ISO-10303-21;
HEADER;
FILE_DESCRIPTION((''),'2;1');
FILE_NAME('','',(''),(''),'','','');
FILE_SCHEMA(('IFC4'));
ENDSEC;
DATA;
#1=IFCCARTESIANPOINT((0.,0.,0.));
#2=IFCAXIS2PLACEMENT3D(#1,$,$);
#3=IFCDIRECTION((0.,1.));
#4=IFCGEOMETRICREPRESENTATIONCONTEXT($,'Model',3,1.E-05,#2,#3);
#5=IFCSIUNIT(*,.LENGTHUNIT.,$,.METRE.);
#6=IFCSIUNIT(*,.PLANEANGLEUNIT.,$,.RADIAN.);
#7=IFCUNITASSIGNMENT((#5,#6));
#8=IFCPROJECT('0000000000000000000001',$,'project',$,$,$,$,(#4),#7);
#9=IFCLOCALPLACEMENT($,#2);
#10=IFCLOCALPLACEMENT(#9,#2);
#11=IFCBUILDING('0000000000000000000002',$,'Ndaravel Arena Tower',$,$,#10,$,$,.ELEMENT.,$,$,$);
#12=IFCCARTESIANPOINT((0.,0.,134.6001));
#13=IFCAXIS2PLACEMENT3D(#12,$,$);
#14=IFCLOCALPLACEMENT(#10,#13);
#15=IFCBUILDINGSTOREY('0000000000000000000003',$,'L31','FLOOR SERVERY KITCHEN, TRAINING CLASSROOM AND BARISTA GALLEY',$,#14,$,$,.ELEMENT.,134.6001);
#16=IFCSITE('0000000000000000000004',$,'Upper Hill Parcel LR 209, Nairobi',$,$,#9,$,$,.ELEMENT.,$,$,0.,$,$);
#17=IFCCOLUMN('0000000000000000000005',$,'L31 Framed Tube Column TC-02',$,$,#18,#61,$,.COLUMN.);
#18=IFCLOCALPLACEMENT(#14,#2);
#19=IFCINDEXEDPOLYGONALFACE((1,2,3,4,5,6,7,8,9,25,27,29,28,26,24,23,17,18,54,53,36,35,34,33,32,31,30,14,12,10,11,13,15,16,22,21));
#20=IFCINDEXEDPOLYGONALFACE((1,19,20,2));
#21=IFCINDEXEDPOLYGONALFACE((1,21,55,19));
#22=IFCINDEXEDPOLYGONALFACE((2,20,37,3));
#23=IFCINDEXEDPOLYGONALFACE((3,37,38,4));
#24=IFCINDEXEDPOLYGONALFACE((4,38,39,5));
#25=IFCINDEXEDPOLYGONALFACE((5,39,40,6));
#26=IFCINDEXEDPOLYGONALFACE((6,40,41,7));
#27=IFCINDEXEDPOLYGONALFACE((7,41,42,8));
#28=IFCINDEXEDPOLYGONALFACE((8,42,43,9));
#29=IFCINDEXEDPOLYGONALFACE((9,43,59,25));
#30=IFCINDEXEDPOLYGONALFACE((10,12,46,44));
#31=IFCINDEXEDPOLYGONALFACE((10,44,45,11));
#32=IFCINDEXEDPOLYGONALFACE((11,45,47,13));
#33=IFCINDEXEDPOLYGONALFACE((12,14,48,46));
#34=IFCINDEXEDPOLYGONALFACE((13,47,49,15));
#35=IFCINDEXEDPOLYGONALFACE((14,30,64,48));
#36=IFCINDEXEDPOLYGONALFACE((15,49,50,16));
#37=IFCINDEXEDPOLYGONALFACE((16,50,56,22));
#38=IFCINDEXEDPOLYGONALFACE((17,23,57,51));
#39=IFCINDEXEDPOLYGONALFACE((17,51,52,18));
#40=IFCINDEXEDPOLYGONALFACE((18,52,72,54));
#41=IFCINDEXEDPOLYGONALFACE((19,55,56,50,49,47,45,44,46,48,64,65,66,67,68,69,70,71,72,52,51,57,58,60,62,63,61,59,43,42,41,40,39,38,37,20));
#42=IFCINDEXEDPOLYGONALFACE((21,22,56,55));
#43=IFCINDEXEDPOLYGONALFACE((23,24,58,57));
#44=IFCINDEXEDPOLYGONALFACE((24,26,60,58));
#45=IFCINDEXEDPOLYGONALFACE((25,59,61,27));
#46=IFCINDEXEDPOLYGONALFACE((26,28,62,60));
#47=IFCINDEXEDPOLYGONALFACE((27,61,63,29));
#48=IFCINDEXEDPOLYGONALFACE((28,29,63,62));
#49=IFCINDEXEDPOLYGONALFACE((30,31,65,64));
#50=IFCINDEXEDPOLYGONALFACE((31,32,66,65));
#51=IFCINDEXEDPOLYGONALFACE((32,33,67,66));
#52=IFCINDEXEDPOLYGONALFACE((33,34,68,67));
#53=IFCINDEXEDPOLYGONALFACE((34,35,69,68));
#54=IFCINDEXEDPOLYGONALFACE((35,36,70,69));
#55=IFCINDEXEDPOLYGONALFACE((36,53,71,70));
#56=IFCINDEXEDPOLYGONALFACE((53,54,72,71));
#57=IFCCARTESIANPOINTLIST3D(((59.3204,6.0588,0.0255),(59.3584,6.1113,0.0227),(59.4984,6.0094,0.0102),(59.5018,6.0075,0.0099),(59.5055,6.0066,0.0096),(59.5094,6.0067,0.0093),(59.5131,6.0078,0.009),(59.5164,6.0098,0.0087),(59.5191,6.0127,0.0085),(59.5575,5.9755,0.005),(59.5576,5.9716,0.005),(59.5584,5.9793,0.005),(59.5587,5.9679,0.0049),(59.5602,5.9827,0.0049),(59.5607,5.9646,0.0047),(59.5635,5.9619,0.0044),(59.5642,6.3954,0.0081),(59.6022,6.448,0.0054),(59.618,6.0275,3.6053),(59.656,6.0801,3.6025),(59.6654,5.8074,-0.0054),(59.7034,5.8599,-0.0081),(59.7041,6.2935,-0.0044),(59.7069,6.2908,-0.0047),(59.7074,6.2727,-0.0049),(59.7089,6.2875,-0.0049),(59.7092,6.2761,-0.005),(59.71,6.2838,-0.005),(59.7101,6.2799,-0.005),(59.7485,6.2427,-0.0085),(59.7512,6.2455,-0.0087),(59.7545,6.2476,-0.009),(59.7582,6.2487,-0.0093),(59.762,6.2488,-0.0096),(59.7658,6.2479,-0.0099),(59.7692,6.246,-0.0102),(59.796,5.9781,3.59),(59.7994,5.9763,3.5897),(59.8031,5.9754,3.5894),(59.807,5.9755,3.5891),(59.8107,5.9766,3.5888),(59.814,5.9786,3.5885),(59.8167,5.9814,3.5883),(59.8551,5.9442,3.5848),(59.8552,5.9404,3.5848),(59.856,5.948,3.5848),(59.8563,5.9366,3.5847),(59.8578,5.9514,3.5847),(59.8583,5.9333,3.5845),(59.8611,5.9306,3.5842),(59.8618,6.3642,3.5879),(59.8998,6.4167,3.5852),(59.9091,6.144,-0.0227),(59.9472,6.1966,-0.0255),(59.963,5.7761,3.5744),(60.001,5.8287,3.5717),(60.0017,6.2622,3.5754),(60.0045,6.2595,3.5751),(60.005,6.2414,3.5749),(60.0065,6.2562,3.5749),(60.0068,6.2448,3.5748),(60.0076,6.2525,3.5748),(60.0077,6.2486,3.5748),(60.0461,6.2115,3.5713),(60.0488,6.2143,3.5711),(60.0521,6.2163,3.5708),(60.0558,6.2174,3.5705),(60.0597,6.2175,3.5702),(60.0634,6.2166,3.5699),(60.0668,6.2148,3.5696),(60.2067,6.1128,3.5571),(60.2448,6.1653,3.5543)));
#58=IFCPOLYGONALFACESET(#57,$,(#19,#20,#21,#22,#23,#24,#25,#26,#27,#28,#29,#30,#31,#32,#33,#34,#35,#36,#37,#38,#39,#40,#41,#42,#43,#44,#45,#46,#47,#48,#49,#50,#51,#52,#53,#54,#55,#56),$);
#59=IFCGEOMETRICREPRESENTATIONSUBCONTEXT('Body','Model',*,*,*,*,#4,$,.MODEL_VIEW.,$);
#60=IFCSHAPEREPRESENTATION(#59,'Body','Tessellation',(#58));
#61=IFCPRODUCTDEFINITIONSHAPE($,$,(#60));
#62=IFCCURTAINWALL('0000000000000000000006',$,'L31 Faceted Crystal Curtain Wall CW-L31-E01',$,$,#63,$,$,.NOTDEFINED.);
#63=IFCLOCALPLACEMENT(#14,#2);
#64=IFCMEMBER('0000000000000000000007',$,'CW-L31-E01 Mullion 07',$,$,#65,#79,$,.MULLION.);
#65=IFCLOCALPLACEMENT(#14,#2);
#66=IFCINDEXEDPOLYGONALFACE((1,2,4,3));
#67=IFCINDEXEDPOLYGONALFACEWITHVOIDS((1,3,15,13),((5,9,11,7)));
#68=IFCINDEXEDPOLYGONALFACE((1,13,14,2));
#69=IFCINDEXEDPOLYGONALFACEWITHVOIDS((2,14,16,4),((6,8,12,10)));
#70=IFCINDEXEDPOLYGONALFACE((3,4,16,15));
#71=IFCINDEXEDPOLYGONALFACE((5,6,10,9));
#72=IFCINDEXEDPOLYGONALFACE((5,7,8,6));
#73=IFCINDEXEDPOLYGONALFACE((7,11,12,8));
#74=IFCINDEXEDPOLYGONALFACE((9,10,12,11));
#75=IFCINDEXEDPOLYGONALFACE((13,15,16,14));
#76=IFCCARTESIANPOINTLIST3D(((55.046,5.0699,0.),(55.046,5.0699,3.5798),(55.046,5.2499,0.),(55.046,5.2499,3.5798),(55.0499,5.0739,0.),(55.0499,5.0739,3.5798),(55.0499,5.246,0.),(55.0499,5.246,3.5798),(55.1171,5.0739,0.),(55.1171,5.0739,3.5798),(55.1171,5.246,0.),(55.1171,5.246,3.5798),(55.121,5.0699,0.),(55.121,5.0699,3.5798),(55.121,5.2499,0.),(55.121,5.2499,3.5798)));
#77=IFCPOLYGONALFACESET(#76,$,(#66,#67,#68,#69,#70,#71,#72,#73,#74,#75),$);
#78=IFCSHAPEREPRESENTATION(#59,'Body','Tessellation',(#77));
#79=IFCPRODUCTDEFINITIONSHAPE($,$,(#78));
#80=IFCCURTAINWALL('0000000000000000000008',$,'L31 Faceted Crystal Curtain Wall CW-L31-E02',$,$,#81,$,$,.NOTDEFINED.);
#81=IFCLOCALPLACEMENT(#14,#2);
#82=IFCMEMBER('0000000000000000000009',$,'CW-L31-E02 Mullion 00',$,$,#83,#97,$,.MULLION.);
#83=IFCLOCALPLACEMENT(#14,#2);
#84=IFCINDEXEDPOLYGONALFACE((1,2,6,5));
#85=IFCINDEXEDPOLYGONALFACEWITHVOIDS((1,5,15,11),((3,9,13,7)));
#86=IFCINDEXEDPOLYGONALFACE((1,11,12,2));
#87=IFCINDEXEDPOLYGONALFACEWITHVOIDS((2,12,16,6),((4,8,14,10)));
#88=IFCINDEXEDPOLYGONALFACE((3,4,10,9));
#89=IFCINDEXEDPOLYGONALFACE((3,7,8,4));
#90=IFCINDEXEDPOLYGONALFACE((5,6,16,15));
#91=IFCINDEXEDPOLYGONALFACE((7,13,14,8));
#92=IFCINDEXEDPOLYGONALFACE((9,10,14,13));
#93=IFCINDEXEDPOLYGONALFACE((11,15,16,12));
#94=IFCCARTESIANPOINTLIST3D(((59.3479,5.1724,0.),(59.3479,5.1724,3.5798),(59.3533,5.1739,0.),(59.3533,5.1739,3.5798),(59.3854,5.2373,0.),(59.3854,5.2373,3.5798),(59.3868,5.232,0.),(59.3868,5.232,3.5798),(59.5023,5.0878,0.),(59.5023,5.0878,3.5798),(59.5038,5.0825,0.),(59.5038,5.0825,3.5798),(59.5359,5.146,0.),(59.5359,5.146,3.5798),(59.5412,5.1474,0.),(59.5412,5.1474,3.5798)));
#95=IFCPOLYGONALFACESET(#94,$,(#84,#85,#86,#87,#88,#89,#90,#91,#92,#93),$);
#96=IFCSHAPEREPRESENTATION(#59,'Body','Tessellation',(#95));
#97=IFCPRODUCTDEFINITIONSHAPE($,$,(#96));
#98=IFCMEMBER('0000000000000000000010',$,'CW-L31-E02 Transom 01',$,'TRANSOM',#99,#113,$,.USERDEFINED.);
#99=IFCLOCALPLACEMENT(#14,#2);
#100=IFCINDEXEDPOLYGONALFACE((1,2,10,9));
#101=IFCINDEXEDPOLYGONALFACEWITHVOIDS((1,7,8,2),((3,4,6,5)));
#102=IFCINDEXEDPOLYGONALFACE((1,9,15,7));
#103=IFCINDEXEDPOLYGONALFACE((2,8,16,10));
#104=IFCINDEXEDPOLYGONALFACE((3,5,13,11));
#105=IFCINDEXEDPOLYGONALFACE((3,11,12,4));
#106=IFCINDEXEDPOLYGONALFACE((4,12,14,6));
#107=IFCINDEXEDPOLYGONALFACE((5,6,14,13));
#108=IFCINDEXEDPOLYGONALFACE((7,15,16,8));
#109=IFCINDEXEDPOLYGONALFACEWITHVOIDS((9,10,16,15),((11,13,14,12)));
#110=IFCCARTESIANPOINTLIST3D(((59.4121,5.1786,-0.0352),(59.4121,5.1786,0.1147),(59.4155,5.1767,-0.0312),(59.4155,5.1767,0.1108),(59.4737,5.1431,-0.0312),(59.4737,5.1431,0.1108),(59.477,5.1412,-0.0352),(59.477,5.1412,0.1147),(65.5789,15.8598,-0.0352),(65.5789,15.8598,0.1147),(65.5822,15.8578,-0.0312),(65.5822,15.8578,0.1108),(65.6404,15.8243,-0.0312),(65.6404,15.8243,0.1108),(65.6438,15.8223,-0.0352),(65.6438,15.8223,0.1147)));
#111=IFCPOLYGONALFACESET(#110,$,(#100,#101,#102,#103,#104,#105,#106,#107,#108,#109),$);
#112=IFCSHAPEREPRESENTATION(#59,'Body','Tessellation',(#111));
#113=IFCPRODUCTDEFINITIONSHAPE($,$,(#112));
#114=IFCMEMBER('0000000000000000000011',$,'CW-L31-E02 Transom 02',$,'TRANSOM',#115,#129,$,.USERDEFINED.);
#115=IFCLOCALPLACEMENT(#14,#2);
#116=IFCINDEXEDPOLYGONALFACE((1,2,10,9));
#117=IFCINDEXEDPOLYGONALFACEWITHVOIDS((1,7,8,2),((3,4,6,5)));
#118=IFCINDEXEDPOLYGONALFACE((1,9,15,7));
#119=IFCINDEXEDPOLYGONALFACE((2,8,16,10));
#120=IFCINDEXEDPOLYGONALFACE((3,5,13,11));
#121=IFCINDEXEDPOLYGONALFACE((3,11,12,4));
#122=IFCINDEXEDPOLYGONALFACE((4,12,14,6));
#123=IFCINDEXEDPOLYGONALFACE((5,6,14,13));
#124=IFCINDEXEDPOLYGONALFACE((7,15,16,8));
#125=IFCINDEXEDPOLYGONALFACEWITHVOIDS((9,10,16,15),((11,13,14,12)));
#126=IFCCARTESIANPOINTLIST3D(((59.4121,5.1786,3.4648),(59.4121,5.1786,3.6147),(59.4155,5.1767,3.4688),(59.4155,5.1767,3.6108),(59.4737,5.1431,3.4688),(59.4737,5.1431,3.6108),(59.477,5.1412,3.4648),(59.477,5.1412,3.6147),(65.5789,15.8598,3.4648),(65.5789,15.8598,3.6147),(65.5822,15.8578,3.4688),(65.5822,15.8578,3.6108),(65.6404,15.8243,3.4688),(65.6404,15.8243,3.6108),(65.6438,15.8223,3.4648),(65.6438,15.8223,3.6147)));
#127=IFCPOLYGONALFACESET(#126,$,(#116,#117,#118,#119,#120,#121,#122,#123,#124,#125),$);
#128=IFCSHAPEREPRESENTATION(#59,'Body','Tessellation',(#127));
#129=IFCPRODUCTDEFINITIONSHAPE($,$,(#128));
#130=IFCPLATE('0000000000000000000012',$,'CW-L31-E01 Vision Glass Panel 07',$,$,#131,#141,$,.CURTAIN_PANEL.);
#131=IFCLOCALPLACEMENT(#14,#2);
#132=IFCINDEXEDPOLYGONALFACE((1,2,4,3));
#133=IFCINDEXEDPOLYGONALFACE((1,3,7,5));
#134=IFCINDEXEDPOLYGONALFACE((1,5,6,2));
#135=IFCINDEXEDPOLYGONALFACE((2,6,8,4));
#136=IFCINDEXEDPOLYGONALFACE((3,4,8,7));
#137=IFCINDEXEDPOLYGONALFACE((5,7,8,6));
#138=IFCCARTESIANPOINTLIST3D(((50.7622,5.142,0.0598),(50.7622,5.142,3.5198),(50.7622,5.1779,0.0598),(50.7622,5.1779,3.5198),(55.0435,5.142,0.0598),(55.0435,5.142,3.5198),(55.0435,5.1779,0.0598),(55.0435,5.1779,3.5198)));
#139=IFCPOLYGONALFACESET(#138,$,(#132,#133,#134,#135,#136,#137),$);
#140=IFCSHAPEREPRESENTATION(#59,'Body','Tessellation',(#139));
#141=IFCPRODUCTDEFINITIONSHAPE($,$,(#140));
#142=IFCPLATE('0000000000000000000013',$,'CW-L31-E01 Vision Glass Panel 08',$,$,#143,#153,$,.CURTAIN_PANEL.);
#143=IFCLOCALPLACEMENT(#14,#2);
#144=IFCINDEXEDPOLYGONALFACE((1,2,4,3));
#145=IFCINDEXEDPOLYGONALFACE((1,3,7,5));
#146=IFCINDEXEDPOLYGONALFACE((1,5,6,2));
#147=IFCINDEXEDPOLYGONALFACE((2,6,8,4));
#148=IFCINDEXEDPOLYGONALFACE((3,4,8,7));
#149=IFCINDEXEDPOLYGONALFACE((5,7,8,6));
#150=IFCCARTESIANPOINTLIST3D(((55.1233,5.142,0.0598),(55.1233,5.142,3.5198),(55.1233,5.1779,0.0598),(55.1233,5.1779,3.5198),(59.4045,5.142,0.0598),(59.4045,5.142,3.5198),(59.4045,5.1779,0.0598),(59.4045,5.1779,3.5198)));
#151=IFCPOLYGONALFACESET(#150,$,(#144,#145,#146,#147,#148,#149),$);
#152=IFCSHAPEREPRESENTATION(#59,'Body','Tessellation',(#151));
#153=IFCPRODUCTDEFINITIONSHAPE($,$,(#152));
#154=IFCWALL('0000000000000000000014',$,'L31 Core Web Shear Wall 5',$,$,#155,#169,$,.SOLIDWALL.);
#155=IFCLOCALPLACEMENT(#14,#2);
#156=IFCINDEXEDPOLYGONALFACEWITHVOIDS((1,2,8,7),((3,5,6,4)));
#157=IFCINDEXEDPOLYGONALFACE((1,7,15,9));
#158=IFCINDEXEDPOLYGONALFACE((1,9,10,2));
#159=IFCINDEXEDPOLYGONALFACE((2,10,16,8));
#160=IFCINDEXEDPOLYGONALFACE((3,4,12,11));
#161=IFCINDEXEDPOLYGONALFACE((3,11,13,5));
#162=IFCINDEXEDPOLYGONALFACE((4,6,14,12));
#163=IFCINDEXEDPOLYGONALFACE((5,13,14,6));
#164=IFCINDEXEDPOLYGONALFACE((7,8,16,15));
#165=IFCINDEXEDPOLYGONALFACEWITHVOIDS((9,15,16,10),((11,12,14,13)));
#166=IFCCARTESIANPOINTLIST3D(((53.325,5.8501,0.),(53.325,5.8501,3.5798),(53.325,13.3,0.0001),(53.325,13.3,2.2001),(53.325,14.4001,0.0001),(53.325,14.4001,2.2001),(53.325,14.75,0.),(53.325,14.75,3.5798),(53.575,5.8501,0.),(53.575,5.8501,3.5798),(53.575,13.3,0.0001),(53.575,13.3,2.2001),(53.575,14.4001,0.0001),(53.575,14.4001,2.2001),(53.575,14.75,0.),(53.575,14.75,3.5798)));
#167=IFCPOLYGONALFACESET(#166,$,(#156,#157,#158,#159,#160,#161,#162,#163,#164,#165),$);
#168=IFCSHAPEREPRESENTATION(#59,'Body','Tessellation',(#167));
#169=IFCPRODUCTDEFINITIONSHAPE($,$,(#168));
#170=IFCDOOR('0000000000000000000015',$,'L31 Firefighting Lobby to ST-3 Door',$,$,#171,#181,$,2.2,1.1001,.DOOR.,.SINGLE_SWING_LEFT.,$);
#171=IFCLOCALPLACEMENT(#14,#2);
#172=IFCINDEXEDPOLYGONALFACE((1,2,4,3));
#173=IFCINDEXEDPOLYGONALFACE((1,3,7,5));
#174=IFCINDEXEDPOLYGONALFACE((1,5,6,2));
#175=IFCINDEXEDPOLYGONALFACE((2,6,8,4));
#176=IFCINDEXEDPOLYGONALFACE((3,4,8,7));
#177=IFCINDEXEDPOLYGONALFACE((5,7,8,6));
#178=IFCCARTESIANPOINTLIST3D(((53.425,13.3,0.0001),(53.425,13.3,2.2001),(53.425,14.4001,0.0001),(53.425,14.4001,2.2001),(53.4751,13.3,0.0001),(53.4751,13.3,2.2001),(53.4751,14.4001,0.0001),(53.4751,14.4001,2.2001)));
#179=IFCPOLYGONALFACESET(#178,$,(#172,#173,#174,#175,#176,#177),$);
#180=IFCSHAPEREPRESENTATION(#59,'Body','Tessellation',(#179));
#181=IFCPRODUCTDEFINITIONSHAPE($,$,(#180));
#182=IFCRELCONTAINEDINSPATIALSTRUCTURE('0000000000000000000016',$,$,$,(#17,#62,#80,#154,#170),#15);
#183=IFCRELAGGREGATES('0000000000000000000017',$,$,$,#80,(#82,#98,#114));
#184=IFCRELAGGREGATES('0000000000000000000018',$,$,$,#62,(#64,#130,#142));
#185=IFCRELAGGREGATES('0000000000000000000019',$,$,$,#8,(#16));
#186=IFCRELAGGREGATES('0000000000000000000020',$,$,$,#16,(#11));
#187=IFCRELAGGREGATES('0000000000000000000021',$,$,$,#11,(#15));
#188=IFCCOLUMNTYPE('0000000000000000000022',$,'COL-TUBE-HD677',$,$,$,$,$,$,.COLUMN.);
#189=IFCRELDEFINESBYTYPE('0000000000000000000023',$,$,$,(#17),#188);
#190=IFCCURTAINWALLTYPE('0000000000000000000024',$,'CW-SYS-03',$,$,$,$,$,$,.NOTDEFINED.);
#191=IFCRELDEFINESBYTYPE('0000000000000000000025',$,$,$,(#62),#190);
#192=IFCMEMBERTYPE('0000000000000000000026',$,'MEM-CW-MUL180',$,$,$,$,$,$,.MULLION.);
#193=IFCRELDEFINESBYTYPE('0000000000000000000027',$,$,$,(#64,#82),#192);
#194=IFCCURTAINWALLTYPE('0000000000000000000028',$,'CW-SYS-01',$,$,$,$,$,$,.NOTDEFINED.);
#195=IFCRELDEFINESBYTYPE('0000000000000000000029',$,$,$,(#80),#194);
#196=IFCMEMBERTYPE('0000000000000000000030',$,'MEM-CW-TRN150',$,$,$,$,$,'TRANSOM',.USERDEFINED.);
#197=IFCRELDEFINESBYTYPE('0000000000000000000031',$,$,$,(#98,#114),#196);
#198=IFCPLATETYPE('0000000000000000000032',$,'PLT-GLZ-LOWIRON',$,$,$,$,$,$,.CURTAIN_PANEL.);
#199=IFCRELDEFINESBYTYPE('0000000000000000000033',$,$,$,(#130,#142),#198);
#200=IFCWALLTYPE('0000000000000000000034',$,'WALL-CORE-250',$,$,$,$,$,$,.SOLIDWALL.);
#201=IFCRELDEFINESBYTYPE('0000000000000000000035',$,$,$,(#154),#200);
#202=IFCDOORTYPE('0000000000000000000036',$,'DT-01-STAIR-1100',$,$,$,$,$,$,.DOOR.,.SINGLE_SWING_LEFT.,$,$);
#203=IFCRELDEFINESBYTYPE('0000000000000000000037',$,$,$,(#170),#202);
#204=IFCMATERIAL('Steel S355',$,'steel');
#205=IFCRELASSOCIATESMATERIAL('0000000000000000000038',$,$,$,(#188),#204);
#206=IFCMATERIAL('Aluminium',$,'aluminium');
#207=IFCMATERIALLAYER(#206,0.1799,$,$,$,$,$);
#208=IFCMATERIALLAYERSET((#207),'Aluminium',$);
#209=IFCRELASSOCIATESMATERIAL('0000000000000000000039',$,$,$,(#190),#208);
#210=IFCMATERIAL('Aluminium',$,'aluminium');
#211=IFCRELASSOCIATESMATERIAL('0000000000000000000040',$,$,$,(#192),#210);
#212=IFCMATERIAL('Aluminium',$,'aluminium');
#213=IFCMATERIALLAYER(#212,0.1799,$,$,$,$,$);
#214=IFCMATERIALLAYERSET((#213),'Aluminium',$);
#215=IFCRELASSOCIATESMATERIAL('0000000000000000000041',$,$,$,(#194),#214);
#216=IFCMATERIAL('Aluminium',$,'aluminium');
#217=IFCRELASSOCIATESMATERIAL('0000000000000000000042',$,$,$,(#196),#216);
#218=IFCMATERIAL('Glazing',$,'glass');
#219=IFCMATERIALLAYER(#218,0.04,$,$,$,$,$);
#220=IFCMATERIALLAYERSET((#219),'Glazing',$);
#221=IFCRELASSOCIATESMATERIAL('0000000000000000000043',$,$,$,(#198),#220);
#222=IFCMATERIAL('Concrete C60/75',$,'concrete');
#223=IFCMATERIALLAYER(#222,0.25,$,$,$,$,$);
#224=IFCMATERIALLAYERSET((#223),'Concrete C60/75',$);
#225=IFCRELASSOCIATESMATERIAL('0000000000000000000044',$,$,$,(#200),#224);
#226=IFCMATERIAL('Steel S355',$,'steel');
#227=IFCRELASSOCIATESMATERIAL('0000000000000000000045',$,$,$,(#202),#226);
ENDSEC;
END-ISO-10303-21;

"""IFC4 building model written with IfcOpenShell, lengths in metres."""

from ifc_helpers import new_model, si_unit, direction, frame, frame_2d, origin, origin_2d, place, context, subcontext, project, spatial, rectangle, hollow_rectangle, i_section, extrude, material, layer, layer_set, material_profile, profile_set, type_object, element, fill, aggregate, save


model = new_model("IFC4")

# Units and contexts
model_context = context("Model", 3, precision=1e-05, world=origin(), true_north=direction((0.0, 1.0)))
body_context = subcontext(model_context, "Body", "Model", "MODEL_VIEW")
ifc_project = project(units=[si_unit("LENGTHUNIT", "METRE"), si_unit("PLANEANGLEUNIT", "RADIAN")], contexts=[model_context])

# Site, building, storey
site_placement = place(None, origin())
site = spatial("IfcSite", under=ifc_project, at=site_placement, Name="Upper Hill Parcel LR 209, Nairobi", CompositionType="ELEMENT", RefElevation=0.0)
building_placement = place(site_placement, origin())
building = spatial("IfcBuilding", under=site, at=building_placement, Name="Ndaravel Arena Tower", CompositionType="ELEMENT")
storey_placement = place(building_placement, frame((0.0, 0.0, 134.6001)))
storey = spatial("IfcBuildingStorey", under=building, at=storey_placement, Name="L31", Description="FLOOR SERVERY KITCHEN, TRAINING CLASSROOM AND BARISTA GALLEY", CompositionType="ELEMENT", Elevation=134.6001)

# Column
ifc_material_1 = material(Name="Steel S355", Category="steel")
ifc_material_profile_1 = material_profile(ifc_material_1, i_section(OverallWidth=0.428, OverallDepth=0.481, WebThickness=0.051, FlangeThickness=0.0649, FilletRadius=0.0149, at=origin_2d()), Name="HD 400x677")
ifc_profile_set_1 = profile_set([ifc_material_profile_1], Name="Steel S355")
column_type = type_object("IfcColumnType", Name="COL-TUBE-HD677", PredefinedType="COLUMN", material=ifc_profile_set_1)
column_placement = place(storey_placement, frame((59.6338, 6.1277, 0.0), z_axis=(0.082845, -0.008699, 0.996524), x_axis=(-0.806082, 0.587391, 0.072141)))
element("IfcColumn", 1, at=column_placement, inside=storey, type_object=column_type, Name="L31 Framed Tube Column TC-02", PredefinedType="COLUMN", context=body_context, shape_type="SweptSolid", body=[
    extrude(i_section(OverallWidth=0.428, OverallDepth=0.481, WebThickness=0.051, FlangeThickness=0.0649, FilletRadius=0.0149, at=origin_2d()), origin(), (0.0, 0.0, 1.0), 3.5923),
])

# Curtain wall, member
ifc_material_2 = material(Name="Aluminium", Category="aluminium")
ifc_layer_1 = layer(ifc_material_2, 0.1799)
ifc_layer_set_1 = layer_set([ifc_layer_1], Name="Aluminium")
curtain_wall_type_1 = type_object("IfcCurtainWallType", Name="CW-SYS-03", PredefinedType="NOTDEFINED", material=ifc_layer_set_1)
curtain_wall_1_placement = place(storey_placement, origin())
curtain_wall_1 = element("IfcCurtainWall", 2, at=curtain_wall_1_placement, inside=storey, type_object=curtain_wall_type_1, Name="L31 Faceted Crystal Curtain Wall CW-L31-E01", PredefinedType="NOTDEFINED")
ifc_material_3 = material(Name="Aluminium", Category="aluminium")
ifc_material_profile_2 = material_profile(ifc_material_3, hollow_rectangle(XDim=0.075, YDim=0.1799, WallThickness=0.0039, at=origin_2d()), Name="CW MULLION 75x180x4")
ifc_profile_set_2 = profile_set([ifc_material_profile_2], Name="Aluminium")
member_type_1 = type_object("IfcMemberType", Name="MEM-CW-MUL180", PredefinedType="MULLION", material=ifc_profile_set_2)
member_1_placement = place(storey_placement, frame((55.0835, 5.1599, 0.0), z_axis=(0.0, 0.0, 1.0), x_axis=(1.0, 0.0, 0.0)))
member_1 = element("IfcMember", 3, at=member_1_placement, type_object=member_type_1, Name="CW-L31-E01 Mullion 07", PredefinedType="MULLION", context=body_context, shape_type="SweptSolid", body=[
    extrude(hollow_rectangle(XDim=0.075, YDim=0.1799, WallThickness=0.0039, at=origin_2d()), origin(), (0.0, 0.0, 1.0), 3.5798),
])

# Curtain wall, members
ifc_material_4 = material(Name="Aluminium", Category="aluminium")
ifc_layer_2 = layer(ifc_material_4, 0.1799)
ifc_layer_set_2 = layer_set([ifc_layer_2], Name="Aluminium")
curtain_wall_type_2 = type_object("IfcCurtainWallType", Name="CW-SYS-01", PredefinedType="NOTDEFINED", material=ifc_layer_set_2)
curtain_wall_2_placement = place(storey_placement, origin())
curtain_wall_2 = element("IfcCurtainWall", 4, at=curtain_wall_2_placement, inside=storey, type_object=curtain_wall_type_2, Name="L31 Faceted Crystal Curtain Wall CW-L31-E02", PredefinedType="NOTDEFINED")
member_2_placement = place(storey_placement, frame((59.4446, 5.1599, 0.0), z_axis=(0.0, 0.0, 1.0), x_axis=(0.5, 0.866025, 0.0)))
member_2 = element("IfcMember", 5, at=member_2_placement, type_object=member_type_1, Name="CW-L31-E02 Mullion 00", PredefinedType="MULLION", context=body_context, shape_type="SweptSolid", body=[
    extrude(hollow_rectangle(XDim=0.075, YDim=0.1799, WallThickness=0.0039, at=origin_2d()), origin(), (0.0, 0.0, 1.0), 3.5798),
])
ifc_material_5 = material(Name="Aluminium", Category="aluminium")
ifc_material_profile_3 = material_profile(ifc_material_5, hollow_rectangle(XDim=0.075, YDim=0.1499, WallThickness=0.0039, at=origin_2d()), Name="CW TRANSOM 75x150x4")
ifc_profile_set_3 = profile_set([ifc_material_profile_3], Name="Aluminium")
member_type_2 = type_object("IfcMemberType", Name="MEM-CW-TRN150", ElementType="TRANSOM", PredefinedType="USERDEFINED", material=ifc_profile_set_3)
member_3_placement = place(storey_placement, frame((59.4446, 5.1599, 0.0398), z_axis=(0.499999, 0.866026, 0.0), x_axis=(-0.866026, 0.499999, 0.0)))
member_3 = element("IfcMember", 6, at=member_3_placement, type_object=member_type_2, Name="CW-L31-E02 Transom 01", ObjectType="TRANSOM", PredefinedType="USERDEFINED", context=body_context, shape_type="SweptSolid", body=[
    extrude(hollow_rectangle(XDim=0.075, YDim=0.1499, WallThickness=0.0039, at=origin_2d()), origin(), (0.0, 0.0, 1.0), 12.3335),
])
member_4_placement = place(storey_placement, frame((59.4446, 5.1599, 3.5398), z_axis=(0.499999, 0.866026, 0.0), x_axis=(-0.866026, 0.499999, 0.0)))
member_4 = element("IfcMember", 7, at=member_4_placement, type_object=member_type_2, Name="CW-L31-E02 Transom 02", ObjectType="TRANSOM", PredefinedType="USERDEFINED", context=body_context, shape_type="SweptSolid", body=[
    extrude(hollow_rectangle(XDim=0.075, YDim=0.1499, WallThickness=0.0039, at=origin_2d()), origin(), (0.0, 0.0, 1.0), 12.3335),
])
aggregate(curtain_wall_2, [member_2, member_3, member_4])

# Plates
ifc_material_6 = material(Name="Glazing", Category="glass")
ifc_layer_3 = layer(ifc_material_6, 0.04)
ifc_layer_set_3 = layer_set([ifc_layer_3], Name="Glazing")
plate_type = type_object("IfcPlateType", Name="PLT-GLZ-LOWIRON", PredefinedType="CURTAIN_PANEL", material=ifc_layer_set_3)
plate_1_placement = place(storey_placement, frame((52.9028, 5.1599, 0.0598), z_axis=(0.0, 0.0, 1.0), x_axis=(1.0, 0.0, 0.0)))
plate_1 = element("IfcPlate", 8, at=plate_1_placement, type_object=plate_type, Name="CW-L31-E01 Vision Glass Panel 07", PredefinedType="CURTAIN_PANEL", context=body_context, shape_type="SweptSolid", body=[
    extrude(rectangle(XDim=4.2812, YDim=0.0359, at=origin_2d()), origin(), (0.0, 0.0, 1.0), 3.46),
])
plate_2_placement = place(storey_placement, frame((57.2639, 5.1599, 0.0598), z_axis=(0.0, 0.0, 1.0), x_axis=(1.0, 0.0, 0.0)))
plate_2 = element("IfcPlate", 9, at=plate_2_placement, type_object=plate_type, Name="CW-L31-E01 Vision Glass Panel 08", PredefinedType="CURTAIN_PANEL", context=body_context, shape_type="SweptSolid", body=[
    extrude(rectangle(XDim=4.2812, YDim=0.0359, at=origin_2d()), origin(), (0.0, 0.0, 1.0), 3.46),
])
aggregate(curtain_wall_1, [member_1, plate_1, plate_2])

# Wall, opening, door
ifc_material_7 = material(Name="Concrete C60/75", Category="concrete")
ifc_layer_4 = layer(ifc_material_7, 0.25)
ifc_layer_set_4 = layer_set([ifc_layer_4], Name="Concrete C60/75")
wall_type_1 = type_object("IfcWallType", Name="WALL-CORE-250", PredefinedType="SOLIDWALL", material=ifc_layer_set_4)
wall_1_placement = place(storey_placement, frame((53.45, 5.8501, 0.0), z_axis=(0.0, 0.0, 1.0), x_axis=(0.0, 1.0, 0.0)))
wall_1 = element("IfcWall", 10, at=wall_1_placement, inside=storey, type_object=wall_type_1, Name="L31 Core Web Shear Wall 5", PredefinedType="SOLIDWALL", context=body_context, shape_type="SweptSolid", body=[
    extrude(rectangle(XDim=8.8999, YDim=0.25, at=frame_2d((4.45, 0.0))), origin(), (0.0, 0.0, 1.0), 3.5798),
])
opening_1_placement = place(wall_1_placement, frame((7.45, 0.0, 0.0)))
opening_1 = element("IfcOpeningElement", 11, at=opening_1_placement, cuts=wall_1, PredefinedType="OPENING", context=body_context, shape_type="SweptSolid", body=[
    extrude(rectangle(XDim=1.1001, YDim=2.2, at=frame_2d((0.55, 1.1001))), frame((0.0, 0.125, 0.0), z_axis=(0.0, -1.0, 0.0), x_axis=(1.0, 0.0, 0.0)), (0.0, 0.0, 1.0), 0.25),
])
ifc_material_8 = material(Name="Steel S355", Category="steel")
door_type_1 = type_object("IfcDoorType", Name="DT-01-STAIR-1100", OperationType="SINGLE_SWING_LEFT", PredefinedType="DOOR", material=ifc_material_8)
door_1_placement = place(opening_1_placement, origin())
door_1 = element("IfcDoor", 12, at=door_1_placement, inside=storey, type_object=door_type_1, Name="L31 Firefighting Lobby to ST-3 Door", OperationType="SINGLE_SWING_LEFT", OverallHeight=2.2, OverallWidth=1.1001, PredefinedType="DOOR", context=body_context, shape_type="SweptSolid", body=[
    extrude(rectangle(XDim=1.1001, YDim=2.2, at=frame_2d((0.55, 1.1001))), frame((0.0, 0.0249, 0.0), z_axis=(0.0, -1.0, 0.0), x_axis=(1.0, 0.0, 0.0)), (0.0, 0.0, 1.0), 0.05),
])
fill(opening_1, door_1)

save(model, "model.ifc")
